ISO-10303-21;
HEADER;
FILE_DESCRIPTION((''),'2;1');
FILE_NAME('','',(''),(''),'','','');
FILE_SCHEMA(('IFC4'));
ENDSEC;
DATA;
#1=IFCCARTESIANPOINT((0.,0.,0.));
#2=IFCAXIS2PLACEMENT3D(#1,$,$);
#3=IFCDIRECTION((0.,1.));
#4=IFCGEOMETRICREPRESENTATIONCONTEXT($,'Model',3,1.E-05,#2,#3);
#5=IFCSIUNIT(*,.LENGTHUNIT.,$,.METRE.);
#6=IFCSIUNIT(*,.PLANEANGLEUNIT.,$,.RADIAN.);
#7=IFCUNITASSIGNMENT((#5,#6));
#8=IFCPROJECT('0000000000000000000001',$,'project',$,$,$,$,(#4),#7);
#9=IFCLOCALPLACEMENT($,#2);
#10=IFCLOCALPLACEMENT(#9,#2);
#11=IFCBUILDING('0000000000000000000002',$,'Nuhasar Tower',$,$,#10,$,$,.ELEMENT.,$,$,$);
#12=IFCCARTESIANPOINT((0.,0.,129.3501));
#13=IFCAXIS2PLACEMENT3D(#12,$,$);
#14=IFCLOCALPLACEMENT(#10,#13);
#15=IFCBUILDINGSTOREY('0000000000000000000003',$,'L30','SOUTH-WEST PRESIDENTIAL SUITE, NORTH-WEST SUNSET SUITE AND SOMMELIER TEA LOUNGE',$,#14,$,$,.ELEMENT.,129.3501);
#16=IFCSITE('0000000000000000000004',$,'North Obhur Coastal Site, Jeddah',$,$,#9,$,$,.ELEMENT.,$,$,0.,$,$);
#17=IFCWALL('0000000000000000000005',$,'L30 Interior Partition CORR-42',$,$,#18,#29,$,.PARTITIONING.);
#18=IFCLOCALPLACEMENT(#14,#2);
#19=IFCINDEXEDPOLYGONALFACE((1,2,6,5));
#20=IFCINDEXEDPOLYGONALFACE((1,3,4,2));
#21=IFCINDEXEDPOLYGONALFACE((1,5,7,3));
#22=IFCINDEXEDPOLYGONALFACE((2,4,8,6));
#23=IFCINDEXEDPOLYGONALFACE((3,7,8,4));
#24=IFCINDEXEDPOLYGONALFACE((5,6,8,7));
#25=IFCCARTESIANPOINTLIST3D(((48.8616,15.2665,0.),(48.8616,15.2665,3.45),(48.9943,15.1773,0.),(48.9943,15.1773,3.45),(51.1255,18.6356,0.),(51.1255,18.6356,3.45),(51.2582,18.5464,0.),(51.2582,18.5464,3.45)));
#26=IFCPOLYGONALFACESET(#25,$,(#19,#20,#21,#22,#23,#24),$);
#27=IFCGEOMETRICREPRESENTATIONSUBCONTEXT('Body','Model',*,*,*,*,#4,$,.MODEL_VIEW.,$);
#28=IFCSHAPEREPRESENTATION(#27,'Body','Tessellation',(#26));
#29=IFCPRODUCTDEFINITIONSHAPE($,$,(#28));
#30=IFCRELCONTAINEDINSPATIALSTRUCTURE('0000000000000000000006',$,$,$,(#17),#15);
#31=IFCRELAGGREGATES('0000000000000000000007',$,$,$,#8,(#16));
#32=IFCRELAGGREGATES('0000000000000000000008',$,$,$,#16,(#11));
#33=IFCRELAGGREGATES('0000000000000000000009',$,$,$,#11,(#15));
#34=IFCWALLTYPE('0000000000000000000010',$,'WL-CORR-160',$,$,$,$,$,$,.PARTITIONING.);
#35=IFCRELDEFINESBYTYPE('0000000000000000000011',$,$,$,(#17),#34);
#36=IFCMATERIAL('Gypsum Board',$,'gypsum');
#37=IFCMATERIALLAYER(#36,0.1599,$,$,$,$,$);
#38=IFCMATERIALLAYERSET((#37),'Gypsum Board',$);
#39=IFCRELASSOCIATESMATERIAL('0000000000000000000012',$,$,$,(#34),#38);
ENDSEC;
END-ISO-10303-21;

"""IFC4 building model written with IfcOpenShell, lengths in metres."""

from ifc_helpers import new_model, si_unit, direction, frame, frame_2d, origin, place, context, subcontext, project, spatial, rectangle, extrude, material, layer, layer_set, type_object, element, save


model = new_model("IFC4")

# Units and contexts
model_context = context("Model", 3, precision=1e-05, world=origin(), true_north=direction((0.0, 1.0)))
body_context = subcontext(model_context, "Body", "Model", "MODEL_VIEW")
ifc_project = project(units=[si_unit("LENGTHUNIT", "METRE"), si_unit("PLANEANGLEUNIT", "RADIAN")], contexts=[model_context])

# Site, building, storey
site_placement = place(None, origin())
site = spatial("IfcSite", under=ifc_project, at=site_placement, Name="North Obhur Coastal Site, Jeddah", CompositionType="ELEMENT", RefElevation=0.0)
building_placement = place(site_placement, origin())
building = spatial("IfcBuilding", under=site, at=building_placement, Name="Nuhasar Tower", CompositionType="ELEMENT")
storey_placement = place(building_placement, frame((0.0, 0.0, 129.3501)))
storey = spatial("IfcBuildingStorey", under=building, at=storey_placement, Name="L30", Description="SOUTH-WEST PRESIDENTIAL SUITE, NORTH-WEST SUNSET SUITE AND SOMMELIER TEA LOUNGE", CompositionType="ELEMENT", Elevation=129.3501)

# Shared definitions
ifc_material_1 = material(Name="Gypsum Board", Category="gypsum")
ifc_layer_1 = layer(ifc_material_1, 0.1599)
ifc_layer_set_1 = layer_set([ifc_layer_1], Name="Gypsum Board")
wall_type = type_object("IfcWallType", Name="WL-CORR-160", PredefinedType="PARTITIONING", material=ifc_layer_set_1)

# Wall
wall_1_placement = place(storey_placement, frame((48.928, 15.2219, 0.0), z_axis=(0.0, 0.0, 1.0), x_axis=(0.557736, 0.830018, 0.0)))
element("IfcWall", 1, at=wall_1_placement, inside=storey, type_object=wall_type, Name="L30 Interior Partition CORR-42", PredefinedType="PARTITIONING", context=body_context, shape_type="SweptSolid", body=[
    extrude(rectangle(XDim=4.0591, YDim=0.1599, at=frame_2d((2.0295, 0.0))), origin(), (0.0, 0.0, 1.0), 3.45),
])

save(model, "model.ifc")
